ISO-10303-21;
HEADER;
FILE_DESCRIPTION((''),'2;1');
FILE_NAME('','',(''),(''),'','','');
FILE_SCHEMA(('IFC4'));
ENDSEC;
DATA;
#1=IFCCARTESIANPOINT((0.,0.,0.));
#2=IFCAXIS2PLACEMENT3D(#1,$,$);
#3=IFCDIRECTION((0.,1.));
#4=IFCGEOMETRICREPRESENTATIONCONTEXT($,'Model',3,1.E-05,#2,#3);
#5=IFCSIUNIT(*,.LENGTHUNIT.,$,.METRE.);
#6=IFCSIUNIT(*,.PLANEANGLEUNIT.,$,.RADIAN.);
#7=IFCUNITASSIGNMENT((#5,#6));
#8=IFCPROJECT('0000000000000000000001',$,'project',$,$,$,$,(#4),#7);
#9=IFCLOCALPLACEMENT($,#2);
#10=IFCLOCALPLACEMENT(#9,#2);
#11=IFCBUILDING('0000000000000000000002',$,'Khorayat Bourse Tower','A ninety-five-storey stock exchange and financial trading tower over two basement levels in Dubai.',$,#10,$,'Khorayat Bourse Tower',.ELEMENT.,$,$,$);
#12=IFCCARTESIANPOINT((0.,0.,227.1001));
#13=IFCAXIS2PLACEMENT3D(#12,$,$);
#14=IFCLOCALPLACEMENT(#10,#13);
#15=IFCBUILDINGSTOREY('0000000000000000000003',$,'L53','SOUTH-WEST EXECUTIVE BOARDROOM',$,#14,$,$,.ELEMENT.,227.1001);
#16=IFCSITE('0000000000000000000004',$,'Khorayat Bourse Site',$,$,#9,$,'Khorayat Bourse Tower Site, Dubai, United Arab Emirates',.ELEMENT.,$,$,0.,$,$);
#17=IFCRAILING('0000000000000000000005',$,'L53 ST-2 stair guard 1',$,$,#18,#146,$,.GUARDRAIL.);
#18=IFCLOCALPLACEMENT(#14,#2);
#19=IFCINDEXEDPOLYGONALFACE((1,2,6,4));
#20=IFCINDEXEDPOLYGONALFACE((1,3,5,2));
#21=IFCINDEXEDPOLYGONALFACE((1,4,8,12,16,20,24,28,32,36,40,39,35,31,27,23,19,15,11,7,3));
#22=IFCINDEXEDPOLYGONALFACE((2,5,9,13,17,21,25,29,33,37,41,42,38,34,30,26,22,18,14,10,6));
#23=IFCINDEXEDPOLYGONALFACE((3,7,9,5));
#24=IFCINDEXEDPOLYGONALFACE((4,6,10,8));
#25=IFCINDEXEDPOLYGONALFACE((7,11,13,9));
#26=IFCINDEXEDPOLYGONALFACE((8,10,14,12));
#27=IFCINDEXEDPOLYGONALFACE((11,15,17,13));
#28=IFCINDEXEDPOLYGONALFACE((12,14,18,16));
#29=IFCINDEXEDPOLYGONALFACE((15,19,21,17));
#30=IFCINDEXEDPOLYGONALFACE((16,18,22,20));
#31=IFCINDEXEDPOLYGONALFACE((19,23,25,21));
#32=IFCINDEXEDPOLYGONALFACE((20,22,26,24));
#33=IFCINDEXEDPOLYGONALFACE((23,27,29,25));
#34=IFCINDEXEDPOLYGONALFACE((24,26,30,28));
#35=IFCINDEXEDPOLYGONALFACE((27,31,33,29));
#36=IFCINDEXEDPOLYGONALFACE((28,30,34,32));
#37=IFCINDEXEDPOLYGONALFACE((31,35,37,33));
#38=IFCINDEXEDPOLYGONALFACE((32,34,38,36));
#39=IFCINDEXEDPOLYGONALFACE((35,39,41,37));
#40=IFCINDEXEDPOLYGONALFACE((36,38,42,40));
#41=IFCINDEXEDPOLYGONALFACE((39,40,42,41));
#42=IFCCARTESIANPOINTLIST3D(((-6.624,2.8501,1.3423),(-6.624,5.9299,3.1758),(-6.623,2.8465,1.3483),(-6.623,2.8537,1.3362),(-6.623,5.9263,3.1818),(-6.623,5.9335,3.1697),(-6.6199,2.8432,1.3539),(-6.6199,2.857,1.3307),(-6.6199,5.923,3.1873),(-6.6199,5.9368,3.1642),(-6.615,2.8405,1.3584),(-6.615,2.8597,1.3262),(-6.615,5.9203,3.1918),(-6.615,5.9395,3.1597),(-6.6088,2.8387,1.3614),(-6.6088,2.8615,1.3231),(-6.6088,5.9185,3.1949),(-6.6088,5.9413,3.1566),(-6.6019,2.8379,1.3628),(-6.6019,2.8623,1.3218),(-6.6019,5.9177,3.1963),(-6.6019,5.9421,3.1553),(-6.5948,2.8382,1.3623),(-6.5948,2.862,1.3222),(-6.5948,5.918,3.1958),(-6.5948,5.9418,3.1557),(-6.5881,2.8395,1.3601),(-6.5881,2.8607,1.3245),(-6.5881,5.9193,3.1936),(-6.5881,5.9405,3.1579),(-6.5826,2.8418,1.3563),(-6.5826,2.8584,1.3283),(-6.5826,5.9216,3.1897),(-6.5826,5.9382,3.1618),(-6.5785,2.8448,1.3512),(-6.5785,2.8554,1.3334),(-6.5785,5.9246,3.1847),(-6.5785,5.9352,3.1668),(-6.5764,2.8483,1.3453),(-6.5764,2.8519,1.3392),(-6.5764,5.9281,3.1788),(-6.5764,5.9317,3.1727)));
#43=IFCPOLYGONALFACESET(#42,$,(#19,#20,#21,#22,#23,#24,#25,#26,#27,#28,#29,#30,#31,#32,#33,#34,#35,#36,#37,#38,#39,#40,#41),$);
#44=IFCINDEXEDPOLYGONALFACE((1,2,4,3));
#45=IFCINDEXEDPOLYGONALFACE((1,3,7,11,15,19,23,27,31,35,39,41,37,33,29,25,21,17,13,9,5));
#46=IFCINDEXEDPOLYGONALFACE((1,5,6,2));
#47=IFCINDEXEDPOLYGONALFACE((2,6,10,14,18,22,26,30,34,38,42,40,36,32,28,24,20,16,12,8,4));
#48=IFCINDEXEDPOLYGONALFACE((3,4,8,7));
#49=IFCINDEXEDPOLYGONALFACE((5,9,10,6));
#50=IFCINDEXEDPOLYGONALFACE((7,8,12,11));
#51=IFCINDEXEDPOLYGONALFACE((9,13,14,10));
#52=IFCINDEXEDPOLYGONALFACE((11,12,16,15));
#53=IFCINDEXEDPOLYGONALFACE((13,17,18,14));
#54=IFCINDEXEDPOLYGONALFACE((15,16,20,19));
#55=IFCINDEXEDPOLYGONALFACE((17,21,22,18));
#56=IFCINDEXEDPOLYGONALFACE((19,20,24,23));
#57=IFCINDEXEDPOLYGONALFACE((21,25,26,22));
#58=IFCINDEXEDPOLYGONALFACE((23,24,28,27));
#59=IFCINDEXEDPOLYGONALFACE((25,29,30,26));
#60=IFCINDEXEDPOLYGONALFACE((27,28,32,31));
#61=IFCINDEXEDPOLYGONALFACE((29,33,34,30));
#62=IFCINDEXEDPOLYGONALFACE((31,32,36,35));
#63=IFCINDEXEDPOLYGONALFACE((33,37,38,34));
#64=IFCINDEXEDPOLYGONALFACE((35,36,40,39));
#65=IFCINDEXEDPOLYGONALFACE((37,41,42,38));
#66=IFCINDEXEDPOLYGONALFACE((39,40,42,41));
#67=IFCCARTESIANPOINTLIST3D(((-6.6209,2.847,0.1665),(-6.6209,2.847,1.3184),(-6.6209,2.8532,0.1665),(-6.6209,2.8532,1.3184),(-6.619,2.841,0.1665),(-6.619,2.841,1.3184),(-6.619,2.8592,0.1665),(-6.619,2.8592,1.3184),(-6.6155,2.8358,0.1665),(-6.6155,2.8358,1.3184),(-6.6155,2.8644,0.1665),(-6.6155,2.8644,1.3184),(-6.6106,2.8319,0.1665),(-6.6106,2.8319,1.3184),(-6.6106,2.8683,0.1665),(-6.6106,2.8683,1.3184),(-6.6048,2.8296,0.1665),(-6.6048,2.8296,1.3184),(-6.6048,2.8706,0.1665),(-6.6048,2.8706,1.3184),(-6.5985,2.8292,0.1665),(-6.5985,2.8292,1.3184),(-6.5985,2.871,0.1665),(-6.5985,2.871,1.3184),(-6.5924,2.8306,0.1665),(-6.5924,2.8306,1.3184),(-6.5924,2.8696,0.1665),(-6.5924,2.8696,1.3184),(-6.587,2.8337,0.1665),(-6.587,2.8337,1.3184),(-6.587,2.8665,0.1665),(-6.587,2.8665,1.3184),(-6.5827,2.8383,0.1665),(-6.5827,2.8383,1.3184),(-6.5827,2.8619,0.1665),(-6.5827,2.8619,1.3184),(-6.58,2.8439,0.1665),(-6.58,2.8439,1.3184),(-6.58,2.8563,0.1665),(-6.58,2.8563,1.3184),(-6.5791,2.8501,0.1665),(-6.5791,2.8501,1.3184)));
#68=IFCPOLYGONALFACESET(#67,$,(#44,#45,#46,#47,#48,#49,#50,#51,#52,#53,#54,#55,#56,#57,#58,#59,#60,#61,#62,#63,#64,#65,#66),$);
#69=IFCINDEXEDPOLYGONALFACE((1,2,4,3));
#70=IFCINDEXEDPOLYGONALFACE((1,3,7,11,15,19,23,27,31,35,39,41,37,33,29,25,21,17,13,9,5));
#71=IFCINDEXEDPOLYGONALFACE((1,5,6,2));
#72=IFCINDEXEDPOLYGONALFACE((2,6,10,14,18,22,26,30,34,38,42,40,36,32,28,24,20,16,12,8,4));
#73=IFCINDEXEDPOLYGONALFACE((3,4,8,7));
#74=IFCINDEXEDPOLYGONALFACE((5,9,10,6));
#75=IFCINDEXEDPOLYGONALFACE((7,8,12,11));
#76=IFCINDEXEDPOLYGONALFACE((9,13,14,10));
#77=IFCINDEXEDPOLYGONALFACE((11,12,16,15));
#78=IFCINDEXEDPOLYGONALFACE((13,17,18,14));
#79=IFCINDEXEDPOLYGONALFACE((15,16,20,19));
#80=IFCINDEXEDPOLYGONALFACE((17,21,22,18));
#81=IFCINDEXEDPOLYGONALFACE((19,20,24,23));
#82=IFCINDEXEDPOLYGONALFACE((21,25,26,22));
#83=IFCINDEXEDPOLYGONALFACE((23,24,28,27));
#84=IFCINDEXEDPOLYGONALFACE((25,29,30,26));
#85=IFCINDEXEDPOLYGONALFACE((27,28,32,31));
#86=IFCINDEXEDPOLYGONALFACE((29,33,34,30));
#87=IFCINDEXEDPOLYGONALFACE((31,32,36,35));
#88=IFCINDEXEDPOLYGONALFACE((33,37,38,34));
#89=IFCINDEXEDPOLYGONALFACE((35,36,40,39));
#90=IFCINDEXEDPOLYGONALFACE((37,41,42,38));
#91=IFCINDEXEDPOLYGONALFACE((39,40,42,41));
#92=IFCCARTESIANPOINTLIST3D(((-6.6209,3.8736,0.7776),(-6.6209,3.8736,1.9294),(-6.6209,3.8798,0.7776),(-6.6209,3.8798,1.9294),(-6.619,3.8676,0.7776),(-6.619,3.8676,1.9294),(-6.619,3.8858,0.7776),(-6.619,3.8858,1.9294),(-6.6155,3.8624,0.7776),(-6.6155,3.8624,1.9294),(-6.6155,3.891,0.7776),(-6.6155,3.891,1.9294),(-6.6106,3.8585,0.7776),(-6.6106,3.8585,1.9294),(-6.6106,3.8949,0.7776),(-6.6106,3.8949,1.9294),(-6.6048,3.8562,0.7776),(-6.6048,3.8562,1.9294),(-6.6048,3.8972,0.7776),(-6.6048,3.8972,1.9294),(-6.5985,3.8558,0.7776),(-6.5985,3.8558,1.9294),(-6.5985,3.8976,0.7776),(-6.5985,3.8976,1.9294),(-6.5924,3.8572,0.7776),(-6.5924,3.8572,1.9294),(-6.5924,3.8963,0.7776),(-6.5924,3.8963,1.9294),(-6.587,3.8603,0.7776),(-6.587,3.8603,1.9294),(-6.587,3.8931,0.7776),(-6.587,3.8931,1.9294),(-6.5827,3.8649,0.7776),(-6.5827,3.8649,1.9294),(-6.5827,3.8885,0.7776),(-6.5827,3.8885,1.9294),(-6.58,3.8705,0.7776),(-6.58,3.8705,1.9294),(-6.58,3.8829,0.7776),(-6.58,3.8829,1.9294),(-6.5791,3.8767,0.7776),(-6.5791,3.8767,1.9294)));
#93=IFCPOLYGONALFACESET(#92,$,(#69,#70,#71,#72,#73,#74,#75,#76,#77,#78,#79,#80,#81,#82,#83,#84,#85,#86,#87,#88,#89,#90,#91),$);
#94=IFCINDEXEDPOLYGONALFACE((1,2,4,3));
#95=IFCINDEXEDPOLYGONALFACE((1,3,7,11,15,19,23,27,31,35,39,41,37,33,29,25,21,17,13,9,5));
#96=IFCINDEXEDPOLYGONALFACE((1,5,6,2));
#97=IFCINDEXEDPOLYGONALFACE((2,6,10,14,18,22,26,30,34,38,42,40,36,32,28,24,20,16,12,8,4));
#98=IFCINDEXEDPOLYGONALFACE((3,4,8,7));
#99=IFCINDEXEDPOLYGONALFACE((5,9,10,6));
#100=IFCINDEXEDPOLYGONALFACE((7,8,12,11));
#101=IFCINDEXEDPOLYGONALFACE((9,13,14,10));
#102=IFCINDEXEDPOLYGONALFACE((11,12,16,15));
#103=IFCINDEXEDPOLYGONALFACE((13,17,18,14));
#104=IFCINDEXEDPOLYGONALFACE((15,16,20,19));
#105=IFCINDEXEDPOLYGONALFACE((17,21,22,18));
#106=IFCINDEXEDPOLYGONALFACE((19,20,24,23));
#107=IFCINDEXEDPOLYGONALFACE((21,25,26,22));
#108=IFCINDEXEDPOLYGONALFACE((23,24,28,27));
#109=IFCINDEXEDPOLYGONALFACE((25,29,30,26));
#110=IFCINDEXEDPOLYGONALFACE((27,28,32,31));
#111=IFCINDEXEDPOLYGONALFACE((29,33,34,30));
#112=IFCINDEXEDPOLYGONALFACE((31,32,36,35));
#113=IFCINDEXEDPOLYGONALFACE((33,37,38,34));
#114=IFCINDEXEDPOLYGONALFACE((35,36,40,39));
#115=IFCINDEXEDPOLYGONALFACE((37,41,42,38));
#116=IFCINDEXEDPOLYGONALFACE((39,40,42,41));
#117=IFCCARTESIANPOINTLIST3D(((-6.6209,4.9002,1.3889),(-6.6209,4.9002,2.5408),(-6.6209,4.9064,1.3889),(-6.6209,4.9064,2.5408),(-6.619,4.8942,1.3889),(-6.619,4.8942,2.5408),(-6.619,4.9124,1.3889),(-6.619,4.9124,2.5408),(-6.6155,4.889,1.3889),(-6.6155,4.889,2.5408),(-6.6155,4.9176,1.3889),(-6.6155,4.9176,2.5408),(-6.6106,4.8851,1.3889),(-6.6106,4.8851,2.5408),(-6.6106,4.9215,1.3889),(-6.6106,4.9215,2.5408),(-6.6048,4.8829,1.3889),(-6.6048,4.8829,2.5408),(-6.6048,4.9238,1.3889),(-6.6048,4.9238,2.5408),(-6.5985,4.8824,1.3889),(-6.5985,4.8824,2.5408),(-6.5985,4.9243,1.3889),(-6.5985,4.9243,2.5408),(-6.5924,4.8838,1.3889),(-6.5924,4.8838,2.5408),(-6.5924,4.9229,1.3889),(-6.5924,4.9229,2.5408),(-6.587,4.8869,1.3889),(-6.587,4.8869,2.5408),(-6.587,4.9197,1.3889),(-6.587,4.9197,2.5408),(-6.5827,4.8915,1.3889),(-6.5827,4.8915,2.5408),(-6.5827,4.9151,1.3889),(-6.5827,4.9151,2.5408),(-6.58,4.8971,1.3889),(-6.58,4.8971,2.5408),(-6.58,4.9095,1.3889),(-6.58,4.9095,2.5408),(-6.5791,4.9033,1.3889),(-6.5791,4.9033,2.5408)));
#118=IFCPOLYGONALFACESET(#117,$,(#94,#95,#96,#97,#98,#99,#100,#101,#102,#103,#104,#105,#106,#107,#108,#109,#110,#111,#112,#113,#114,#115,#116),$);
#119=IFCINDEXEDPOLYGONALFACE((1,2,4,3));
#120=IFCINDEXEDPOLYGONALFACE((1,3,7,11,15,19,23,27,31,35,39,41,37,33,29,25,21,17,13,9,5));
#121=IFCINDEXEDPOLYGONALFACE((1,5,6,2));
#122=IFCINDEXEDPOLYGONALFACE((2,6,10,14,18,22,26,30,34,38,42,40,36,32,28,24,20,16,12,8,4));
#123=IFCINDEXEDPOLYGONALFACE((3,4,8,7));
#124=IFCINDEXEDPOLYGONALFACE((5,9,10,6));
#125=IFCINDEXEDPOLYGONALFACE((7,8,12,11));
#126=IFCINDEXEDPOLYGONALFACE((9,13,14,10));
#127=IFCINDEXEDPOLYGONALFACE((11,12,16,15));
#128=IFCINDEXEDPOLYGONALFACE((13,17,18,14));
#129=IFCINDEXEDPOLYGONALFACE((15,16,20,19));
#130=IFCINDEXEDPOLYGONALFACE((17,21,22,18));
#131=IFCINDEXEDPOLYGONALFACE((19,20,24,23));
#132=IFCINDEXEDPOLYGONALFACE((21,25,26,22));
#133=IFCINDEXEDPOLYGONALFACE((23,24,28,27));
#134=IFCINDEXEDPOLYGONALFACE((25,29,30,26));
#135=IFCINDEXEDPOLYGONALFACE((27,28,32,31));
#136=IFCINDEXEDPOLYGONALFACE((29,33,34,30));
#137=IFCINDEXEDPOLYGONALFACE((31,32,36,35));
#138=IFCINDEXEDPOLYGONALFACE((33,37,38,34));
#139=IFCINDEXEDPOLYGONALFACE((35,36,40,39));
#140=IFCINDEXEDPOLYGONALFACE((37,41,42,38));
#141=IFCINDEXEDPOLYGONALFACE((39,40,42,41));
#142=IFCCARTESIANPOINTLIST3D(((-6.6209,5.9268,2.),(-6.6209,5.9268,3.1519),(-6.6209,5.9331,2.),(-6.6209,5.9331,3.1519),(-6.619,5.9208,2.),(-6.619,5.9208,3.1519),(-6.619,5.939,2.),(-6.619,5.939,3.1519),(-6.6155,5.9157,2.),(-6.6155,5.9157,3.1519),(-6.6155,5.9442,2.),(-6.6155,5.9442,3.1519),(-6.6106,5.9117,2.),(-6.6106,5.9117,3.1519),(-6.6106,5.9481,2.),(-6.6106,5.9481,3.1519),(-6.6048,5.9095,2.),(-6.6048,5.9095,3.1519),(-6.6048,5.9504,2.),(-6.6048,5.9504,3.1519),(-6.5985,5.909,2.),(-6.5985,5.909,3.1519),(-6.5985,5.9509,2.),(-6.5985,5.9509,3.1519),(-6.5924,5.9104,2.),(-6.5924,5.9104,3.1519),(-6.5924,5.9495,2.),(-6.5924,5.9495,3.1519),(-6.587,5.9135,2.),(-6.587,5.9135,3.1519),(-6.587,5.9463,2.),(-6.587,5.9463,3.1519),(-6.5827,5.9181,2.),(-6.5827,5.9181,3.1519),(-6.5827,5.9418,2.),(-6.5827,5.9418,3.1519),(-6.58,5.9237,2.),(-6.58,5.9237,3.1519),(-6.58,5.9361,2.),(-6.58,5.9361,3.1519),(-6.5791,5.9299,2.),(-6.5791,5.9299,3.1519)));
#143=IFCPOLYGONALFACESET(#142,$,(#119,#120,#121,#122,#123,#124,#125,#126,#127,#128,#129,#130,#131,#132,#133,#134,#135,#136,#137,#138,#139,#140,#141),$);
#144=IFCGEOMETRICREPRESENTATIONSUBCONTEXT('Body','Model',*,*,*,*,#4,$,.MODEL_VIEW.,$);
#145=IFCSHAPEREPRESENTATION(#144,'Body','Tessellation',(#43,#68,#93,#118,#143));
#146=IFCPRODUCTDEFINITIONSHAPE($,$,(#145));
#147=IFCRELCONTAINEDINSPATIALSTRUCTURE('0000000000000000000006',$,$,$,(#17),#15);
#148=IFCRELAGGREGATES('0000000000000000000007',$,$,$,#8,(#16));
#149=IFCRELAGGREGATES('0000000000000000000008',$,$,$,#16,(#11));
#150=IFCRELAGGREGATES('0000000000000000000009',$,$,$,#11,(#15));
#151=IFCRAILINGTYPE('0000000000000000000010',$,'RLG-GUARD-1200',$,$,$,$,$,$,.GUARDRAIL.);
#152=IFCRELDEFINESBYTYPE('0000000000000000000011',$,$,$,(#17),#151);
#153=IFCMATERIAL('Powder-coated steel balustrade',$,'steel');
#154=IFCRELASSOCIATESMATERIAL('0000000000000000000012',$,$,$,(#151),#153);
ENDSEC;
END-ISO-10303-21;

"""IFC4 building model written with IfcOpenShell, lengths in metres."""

from ifc_helpers import new_model, si_unit, direction, frame, origin, origin_2d, place, context, subcontext, project, spatial, circle, extrude, source, transform, mapped, material, type_object, element, save


model = new_model("IFC4")

# Units and contexts
model_context = context("Model", 3, precision=1e-05, world=origin(), true_north=direction((0.0, 1.0)))
body_context = subcontext(model_context, "Body", "Model", "MODEL_VIEW")
ifc_project = project(units=[si_unit("LENGTHUNIT", "METRE"), si_unit("PLANEANGLEUNIT", "RADIAN")], contexts=[model_context])

# Site, building, storey
site_placement = place(None, origin())
site = spatial("IfcSite", under=ifc_project, at=site_placement, Name="Khorayat Bourse Site", LongName="Khorayat Bourse Tower Site, Dubai, United Arab Emirates", CompositionType="ELEMENT", RefElevation=0.0)
building_placement = place(site_placement, origin())
building = spatial("IfcBuilding", under=site, at=building_placement, Name="Khorayat Bourse Tower", Description="A ninety-five-storey stock exchange and financial trading tower over two basement levels in Dubai.", LongName="Khorayat Bourse Tower", CompositionType="ELEMENT")
storey_placement = place(building_placement, frame((0.0, 0.0, 227.1001)))
storey = spatial("IfcBuildingStorey", under=building, at=storey_placement, Name="L53", Description="SOUTH-WEST EXECUTIVE BOARDROOM", CompositionType="ELEMENT", Elevation=227.1001)

# Railing
ifc_material_1 = material(Name="Powder-coated steel balustrade", Category="steel")
railing_type_1 = type_object("IfcRailingType", Name="RLG-GUARD-1200", PredefinedType="GUARDRAIL", material=ifc_material_1)
shared_shape_1 = source(origin(), body_context, "Body", "SweptSolid", [
    extrude(circle(Radius=0.0239, at=origin_2d()), frame((0.0, 0.0, 1.1758), z_axis=(0.0, 0.859261, 0.511538), x_axis=(-1.0, 0.0, 0.0)), (0.0, 0.0, 1.0), 3.5842),
    extrude(circle(Radius=0.021, at=origin_2d()), origin(), (0.0, 0.0, 1.0), 1.1519),
    extrude(circle(Radius=0.021, at=origin_2d()), frame((0.0, 1.0266, 0.6111)), (0.0, 0.0, 1.0), 1.1519),
    extrude(circle(Radius=0.021, at=origin_2d()), frame((0.0, 2.0532, 1.2224)), (0.0, 0.0, 1.0), 1.1519),
    extrude(circle(Radius=0.021, at=origin_2d()), frame((0.0, 3.0798, 1.8335)), (0.0, 0.0, 1.0), 1.1519),
])
railing_1_placement = place(storey_placement, frame((-6.6001, 2.8501, 0.1665)))
element("IfcRailing", 1, at=railing_1_placement, inside=storey, type_object=railing_type_1, Name="L53 ST-2 stair guard 1", PredefinedType="GUARDRAIL", context=body_context, shape_type="MappedRepresentation", body=[
    mapped(shared_shape_1, transform((0.0, 0.0, 0.0), scale=1.0)),
])

save(model, "model.ifc")
